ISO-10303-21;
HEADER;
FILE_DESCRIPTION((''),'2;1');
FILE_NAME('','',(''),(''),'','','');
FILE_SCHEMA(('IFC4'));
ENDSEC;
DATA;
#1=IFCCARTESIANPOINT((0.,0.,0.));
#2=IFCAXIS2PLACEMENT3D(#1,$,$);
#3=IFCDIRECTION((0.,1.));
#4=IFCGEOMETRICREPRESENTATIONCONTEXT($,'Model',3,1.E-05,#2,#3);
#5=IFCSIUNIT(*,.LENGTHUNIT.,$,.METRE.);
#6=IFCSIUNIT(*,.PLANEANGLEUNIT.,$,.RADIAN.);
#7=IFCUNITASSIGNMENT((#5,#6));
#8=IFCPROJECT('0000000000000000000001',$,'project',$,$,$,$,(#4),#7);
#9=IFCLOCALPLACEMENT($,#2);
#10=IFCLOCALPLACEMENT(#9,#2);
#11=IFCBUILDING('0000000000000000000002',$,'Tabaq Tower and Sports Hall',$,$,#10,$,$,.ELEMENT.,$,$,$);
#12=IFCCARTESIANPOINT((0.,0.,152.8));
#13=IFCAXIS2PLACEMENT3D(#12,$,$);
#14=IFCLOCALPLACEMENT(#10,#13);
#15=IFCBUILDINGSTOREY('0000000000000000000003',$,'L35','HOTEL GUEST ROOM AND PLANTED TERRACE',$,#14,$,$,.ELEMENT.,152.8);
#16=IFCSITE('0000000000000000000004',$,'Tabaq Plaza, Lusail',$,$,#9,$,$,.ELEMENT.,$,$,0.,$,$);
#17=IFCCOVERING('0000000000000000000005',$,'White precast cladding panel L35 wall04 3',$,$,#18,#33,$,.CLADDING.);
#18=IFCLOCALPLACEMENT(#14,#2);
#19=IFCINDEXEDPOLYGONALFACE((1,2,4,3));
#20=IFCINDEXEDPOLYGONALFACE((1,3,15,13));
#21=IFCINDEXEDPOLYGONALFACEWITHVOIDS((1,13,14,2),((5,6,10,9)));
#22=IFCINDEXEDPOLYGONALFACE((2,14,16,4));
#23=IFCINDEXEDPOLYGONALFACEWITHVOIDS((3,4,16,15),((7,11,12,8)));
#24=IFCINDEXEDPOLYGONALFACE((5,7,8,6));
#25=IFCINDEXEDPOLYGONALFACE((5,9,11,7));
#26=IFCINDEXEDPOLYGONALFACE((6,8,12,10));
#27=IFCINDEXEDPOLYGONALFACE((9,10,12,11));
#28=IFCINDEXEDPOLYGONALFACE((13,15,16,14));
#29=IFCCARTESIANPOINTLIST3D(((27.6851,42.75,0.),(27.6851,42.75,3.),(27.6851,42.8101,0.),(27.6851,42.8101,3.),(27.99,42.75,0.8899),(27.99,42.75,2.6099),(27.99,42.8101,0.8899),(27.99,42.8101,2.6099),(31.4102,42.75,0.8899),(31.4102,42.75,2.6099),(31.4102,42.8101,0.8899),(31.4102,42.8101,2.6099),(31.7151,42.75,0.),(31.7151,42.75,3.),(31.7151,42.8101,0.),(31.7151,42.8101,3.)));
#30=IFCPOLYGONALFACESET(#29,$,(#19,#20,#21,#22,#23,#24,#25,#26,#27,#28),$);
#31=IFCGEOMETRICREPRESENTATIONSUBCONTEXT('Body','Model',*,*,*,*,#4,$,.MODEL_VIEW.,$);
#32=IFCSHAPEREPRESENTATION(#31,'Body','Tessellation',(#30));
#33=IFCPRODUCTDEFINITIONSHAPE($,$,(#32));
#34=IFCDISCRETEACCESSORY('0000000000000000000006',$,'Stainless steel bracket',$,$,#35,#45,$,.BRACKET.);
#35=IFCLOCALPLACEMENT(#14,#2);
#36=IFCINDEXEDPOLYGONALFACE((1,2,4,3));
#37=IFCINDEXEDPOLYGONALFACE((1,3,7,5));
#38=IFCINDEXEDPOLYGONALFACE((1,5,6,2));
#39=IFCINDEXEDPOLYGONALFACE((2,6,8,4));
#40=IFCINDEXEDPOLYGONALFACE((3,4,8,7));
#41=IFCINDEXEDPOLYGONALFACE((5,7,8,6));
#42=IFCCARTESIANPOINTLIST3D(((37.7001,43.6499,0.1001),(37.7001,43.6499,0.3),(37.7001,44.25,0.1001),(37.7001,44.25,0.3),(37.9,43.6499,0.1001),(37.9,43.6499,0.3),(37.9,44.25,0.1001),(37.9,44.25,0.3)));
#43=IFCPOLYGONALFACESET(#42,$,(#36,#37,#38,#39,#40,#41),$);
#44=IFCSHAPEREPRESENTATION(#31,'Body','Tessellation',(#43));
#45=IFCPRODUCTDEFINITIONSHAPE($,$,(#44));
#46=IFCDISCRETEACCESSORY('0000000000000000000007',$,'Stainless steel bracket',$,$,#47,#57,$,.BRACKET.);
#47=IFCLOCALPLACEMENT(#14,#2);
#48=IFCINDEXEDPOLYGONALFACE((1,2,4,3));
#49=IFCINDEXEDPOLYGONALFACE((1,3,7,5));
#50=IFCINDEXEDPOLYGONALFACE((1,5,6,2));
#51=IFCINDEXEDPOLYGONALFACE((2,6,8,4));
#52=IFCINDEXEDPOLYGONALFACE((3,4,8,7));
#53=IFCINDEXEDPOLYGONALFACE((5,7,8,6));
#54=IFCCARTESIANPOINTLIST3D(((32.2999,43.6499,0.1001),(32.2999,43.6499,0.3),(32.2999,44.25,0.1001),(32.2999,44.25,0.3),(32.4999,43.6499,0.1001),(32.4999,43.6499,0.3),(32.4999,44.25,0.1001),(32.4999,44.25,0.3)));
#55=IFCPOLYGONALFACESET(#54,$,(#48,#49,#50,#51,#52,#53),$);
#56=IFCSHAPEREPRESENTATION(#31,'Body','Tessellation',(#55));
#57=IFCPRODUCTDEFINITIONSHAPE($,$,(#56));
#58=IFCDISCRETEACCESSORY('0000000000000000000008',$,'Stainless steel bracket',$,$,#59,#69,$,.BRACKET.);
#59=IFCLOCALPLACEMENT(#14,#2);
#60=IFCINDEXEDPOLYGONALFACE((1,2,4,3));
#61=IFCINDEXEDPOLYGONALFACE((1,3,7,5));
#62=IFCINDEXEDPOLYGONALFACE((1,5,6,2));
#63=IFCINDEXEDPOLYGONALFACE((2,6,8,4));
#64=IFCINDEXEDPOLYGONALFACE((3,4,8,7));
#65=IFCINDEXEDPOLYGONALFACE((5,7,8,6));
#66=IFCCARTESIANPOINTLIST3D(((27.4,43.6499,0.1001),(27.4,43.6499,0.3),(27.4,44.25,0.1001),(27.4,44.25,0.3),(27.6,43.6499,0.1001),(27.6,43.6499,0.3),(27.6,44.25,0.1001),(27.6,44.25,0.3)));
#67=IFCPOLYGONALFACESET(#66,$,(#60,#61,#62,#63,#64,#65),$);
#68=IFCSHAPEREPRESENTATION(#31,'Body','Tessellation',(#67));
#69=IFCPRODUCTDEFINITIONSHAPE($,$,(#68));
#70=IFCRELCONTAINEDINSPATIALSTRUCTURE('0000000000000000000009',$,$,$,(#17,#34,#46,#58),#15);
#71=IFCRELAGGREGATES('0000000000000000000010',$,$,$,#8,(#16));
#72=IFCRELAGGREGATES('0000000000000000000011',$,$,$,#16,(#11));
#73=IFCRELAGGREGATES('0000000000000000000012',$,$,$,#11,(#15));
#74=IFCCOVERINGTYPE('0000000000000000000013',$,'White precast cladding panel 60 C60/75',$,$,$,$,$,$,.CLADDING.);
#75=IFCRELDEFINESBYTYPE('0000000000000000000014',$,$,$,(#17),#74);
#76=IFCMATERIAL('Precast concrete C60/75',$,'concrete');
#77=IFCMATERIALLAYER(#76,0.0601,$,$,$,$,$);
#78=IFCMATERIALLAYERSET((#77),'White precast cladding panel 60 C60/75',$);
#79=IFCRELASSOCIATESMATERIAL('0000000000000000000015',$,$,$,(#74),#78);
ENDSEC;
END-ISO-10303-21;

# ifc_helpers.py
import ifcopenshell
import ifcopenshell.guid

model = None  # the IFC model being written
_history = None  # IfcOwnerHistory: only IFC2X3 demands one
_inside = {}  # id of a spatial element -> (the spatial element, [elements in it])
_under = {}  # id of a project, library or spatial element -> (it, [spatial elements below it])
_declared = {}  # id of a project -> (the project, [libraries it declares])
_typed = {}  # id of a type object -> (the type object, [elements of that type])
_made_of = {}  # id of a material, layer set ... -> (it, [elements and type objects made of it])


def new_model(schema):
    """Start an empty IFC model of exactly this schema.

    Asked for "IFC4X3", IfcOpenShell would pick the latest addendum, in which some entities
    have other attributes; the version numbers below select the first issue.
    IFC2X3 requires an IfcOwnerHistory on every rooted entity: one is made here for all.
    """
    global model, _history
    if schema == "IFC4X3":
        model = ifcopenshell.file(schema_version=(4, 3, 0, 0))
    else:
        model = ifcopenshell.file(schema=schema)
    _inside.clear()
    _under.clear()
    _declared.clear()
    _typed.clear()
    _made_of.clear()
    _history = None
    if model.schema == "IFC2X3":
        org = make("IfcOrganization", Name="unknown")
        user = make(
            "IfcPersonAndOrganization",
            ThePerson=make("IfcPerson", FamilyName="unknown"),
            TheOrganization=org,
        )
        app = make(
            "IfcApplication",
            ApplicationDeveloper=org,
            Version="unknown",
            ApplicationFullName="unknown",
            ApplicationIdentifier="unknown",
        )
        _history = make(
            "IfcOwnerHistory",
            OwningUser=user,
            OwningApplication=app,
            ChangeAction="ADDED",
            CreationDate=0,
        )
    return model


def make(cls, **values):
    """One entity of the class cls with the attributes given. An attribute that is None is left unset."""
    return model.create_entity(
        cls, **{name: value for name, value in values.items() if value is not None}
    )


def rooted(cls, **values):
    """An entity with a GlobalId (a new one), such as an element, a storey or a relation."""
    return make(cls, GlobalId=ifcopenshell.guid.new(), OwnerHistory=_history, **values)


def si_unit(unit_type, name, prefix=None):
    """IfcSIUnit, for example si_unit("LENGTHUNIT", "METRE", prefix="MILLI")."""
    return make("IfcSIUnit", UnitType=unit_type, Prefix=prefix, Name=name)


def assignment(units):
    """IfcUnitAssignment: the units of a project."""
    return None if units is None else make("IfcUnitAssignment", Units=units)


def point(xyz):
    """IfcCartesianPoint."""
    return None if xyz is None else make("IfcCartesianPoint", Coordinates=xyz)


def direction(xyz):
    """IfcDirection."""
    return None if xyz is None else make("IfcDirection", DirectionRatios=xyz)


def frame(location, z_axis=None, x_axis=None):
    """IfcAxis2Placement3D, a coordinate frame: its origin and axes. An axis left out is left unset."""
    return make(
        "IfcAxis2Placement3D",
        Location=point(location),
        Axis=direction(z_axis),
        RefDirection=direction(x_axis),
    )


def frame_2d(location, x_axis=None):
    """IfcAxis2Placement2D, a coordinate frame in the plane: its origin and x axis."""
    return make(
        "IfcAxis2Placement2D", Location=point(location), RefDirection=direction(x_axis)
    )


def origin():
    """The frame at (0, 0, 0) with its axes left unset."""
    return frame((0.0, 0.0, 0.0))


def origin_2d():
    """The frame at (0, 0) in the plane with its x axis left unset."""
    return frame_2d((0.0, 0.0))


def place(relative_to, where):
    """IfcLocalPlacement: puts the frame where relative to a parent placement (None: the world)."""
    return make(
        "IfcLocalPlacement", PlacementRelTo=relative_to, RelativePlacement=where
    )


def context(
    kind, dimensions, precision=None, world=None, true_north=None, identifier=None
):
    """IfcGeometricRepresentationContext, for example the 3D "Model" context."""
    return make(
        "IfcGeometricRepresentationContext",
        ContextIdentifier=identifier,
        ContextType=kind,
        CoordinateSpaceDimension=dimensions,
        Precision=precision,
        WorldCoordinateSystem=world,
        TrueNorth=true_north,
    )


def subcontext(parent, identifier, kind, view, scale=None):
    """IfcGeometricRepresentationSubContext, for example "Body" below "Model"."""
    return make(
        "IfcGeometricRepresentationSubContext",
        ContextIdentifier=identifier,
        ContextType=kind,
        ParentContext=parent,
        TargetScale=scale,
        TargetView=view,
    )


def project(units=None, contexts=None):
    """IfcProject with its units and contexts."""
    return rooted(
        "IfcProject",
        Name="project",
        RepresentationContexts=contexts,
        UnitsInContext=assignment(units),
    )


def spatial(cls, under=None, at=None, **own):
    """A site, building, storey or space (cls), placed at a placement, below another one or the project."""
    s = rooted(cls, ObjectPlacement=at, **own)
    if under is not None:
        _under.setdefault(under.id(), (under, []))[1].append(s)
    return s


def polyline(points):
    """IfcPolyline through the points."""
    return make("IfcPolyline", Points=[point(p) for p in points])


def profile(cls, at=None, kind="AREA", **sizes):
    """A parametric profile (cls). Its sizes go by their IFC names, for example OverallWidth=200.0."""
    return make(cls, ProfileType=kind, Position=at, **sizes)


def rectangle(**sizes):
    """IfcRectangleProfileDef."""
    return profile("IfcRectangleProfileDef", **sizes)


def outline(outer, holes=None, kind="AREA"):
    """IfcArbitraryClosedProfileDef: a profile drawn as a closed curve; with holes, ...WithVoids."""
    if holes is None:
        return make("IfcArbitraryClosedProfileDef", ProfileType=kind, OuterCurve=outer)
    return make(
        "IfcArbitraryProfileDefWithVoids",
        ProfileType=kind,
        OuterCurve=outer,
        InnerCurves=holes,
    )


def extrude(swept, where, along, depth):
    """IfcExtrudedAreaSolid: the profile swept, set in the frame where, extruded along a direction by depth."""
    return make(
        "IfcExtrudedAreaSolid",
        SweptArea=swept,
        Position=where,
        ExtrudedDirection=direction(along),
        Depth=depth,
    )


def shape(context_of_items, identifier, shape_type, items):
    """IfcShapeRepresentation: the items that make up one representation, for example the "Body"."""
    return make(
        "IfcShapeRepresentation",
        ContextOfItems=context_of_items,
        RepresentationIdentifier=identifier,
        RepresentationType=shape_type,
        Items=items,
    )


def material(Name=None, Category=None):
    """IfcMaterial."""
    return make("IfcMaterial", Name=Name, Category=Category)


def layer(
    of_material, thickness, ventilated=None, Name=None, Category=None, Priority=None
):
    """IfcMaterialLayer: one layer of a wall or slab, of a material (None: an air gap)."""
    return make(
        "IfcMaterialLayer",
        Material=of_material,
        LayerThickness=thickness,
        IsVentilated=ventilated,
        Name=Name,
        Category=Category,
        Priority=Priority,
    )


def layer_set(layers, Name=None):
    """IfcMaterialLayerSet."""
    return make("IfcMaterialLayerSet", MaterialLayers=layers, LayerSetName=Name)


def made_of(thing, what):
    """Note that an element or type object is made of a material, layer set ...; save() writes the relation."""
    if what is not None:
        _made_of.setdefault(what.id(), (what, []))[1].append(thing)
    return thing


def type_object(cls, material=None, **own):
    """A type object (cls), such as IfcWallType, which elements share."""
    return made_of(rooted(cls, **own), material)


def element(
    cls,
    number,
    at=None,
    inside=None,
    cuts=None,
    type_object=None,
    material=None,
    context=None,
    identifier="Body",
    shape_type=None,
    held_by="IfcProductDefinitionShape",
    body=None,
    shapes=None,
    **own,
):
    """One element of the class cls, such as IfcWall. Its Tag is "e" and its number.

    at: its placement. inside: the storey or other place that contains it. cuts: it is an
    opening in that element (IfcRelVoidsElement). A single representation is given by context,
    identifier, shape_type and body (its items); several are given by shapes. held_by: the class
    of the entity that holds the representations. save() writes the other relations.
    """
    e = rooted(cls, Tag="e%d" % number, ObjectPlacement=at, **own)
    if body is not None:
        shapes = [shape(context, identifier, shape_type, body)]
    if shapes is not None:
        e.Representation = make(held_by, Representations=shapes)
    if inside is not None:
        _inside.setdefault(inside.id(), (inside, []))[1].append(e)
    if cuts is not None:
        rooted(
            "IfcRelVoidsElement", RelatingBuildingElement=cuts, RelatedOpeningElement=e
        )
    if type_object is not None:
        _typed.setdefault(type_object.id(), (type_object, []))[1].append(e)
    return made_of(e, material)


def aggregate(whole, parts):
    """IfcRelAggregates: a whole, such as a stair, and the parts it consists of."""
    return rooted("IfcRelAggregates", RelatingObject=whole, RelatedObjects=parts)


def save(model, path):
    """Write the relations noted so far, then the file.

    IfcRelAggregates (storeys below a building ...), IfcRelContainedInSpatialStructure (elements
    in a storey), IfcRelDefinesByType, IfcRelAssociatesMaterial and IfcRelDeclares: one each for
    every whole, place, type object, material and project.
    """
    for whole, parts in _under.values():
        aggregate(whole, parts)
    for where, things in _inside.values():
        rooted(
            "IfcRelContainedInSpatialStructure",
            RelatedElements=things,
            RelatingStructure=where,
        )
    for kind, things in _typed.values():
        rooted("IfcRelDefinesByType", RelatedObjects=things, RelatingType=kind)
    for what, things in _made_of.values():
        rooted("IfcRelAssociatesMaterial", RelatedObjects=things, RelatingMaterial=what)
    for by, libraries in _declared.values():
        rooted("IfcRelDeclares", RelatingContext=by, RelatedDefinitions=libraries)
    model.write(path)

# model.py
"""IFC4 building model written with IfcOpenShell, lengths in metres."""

from ifc_helpers import new_model, si_unit, direction, frame, origin, origin_2d, place, context, subcontext, project, spatial, polyline, rectangle, outline, extrude, material, layer, layer_set, type_object, element, save


model = new_model("IFC4")

# Units and contexts
model_context = context("Model", 3, precision=1e-05, world=origin(), true_north=direction((0.0, 1.0)))
body_context = subcontext(model_context, "Body", "Model", "MODEL_VIEW")
ifc_project = project(units=[si_unit("LENGTHUNIT", "METRE"), si_unit("PLANEANGLEUNIT", "RADIAN")], contexts=[model_context])

# Site, building, storey
site_placement = place(None, origin())
site = spatial("IfcSite", under=ifc_project, at=site_placement, Name="Tabaq Plaza, Lusail", CompositionType="ELEMENT", RefElevation=0.0)
building_placement = place(site_placement, origin())
building = spatial("IfcBuilding", under=site, at=building_placement, Name="Tabaq Tower and Sports Hall", CompositionType="ELEMENT")
storey_placement = place(building_placement, frame((0.0, 0.0, 152.8)))
storey = spatial("IfcBuildingStorey", under=building, at=storey_placement, Name="L35", Description="HOTEL GUEST ROOM AND PLANTED TERRACE", CompositionType="ELEMENT", Elevation=152.8)

# Covering
ifc_material_1 = material(Name="Precast concrete C60/75", Category="concrete")
ifc_layer_1 = layer(ifc_material_1, 0.0601)
ifc_layer_set_1 = layer_set([ifc_layer_1], Name="White precast cladding panel 60 C60/75")
covering_type_1 = type_object("IfcCoveringType", Name="White precast cladding panel 60 C60/75", PredefinedType="CLADDING", material=ifc_layer_set_1)
covering_1_placement = place(storey_placement, frame((31.7151, 42.78, 0.0), z_axis=(0.0, 0.0, 1.0), x_axis=(-1.0, 0.0, 0.0)))
element("IfcCovering", 1, at=covering_1_placement, inside=storey, type_object=covering_type_1, Name="White precast cladding panel L35 wall04 3", PredefinedType="CLADDING", context=body_context, shape_type="SweptSolid", body=[
    extrude(outline(polyline([(0.0, 0.0), (4.03, 0.0), (4.03, 3.0), (0.0, 3.0), (0.0, 0.0)]), holes=[polyline([(0.3049, 0.8899), (0.3049, 2.6099), (3.7251, 2.6099), (3.7251, 0.8899), (0.3049, 0.8899)])]), frame((0.0, 0.03, 0.0), z_axis=(0.0, -1.0, 0.0), x_axis=(1.0, 0.0, 0.0)), (0.0, 0.0, 1.0), 0.0601),
])

# Discrete accessories
for number, where, z_axis, x_axis, name in (
    (2, (37.8, 43.95, 0.1001), (0.0, 0.0, 1.0), (0.0, 1.0, 0.0), "Stainless steel bracket"),
    (3, (32.3999, 43.95, 0.1001), (0.0, 0.0, 1.0), (0.0, 1.0, 0.0), "Stainless steel bracket"),
    (4, (27.5, 43.95, 0.1001), (0.0, 0.0, 1.0), (0.0, 1.0, 0.0), "Stainless steel bracket"),
):
    element("IfcDiscreteAccessory", number, at=place(storey_placement, frame(where, z_axis=z_axis, x_axis=x_axis)), inside=storey, Name=name, PredefinedType="BRACKET", context=body_context, shape_type="SweptSolid", body=[
        extrude(rectangle(XDim=0.6001, YDim=0.2, at=origin_2d()), origin(), (0.0, 0.0, 1.0), 0.2),
    ])

save(model, "model.ifc")
